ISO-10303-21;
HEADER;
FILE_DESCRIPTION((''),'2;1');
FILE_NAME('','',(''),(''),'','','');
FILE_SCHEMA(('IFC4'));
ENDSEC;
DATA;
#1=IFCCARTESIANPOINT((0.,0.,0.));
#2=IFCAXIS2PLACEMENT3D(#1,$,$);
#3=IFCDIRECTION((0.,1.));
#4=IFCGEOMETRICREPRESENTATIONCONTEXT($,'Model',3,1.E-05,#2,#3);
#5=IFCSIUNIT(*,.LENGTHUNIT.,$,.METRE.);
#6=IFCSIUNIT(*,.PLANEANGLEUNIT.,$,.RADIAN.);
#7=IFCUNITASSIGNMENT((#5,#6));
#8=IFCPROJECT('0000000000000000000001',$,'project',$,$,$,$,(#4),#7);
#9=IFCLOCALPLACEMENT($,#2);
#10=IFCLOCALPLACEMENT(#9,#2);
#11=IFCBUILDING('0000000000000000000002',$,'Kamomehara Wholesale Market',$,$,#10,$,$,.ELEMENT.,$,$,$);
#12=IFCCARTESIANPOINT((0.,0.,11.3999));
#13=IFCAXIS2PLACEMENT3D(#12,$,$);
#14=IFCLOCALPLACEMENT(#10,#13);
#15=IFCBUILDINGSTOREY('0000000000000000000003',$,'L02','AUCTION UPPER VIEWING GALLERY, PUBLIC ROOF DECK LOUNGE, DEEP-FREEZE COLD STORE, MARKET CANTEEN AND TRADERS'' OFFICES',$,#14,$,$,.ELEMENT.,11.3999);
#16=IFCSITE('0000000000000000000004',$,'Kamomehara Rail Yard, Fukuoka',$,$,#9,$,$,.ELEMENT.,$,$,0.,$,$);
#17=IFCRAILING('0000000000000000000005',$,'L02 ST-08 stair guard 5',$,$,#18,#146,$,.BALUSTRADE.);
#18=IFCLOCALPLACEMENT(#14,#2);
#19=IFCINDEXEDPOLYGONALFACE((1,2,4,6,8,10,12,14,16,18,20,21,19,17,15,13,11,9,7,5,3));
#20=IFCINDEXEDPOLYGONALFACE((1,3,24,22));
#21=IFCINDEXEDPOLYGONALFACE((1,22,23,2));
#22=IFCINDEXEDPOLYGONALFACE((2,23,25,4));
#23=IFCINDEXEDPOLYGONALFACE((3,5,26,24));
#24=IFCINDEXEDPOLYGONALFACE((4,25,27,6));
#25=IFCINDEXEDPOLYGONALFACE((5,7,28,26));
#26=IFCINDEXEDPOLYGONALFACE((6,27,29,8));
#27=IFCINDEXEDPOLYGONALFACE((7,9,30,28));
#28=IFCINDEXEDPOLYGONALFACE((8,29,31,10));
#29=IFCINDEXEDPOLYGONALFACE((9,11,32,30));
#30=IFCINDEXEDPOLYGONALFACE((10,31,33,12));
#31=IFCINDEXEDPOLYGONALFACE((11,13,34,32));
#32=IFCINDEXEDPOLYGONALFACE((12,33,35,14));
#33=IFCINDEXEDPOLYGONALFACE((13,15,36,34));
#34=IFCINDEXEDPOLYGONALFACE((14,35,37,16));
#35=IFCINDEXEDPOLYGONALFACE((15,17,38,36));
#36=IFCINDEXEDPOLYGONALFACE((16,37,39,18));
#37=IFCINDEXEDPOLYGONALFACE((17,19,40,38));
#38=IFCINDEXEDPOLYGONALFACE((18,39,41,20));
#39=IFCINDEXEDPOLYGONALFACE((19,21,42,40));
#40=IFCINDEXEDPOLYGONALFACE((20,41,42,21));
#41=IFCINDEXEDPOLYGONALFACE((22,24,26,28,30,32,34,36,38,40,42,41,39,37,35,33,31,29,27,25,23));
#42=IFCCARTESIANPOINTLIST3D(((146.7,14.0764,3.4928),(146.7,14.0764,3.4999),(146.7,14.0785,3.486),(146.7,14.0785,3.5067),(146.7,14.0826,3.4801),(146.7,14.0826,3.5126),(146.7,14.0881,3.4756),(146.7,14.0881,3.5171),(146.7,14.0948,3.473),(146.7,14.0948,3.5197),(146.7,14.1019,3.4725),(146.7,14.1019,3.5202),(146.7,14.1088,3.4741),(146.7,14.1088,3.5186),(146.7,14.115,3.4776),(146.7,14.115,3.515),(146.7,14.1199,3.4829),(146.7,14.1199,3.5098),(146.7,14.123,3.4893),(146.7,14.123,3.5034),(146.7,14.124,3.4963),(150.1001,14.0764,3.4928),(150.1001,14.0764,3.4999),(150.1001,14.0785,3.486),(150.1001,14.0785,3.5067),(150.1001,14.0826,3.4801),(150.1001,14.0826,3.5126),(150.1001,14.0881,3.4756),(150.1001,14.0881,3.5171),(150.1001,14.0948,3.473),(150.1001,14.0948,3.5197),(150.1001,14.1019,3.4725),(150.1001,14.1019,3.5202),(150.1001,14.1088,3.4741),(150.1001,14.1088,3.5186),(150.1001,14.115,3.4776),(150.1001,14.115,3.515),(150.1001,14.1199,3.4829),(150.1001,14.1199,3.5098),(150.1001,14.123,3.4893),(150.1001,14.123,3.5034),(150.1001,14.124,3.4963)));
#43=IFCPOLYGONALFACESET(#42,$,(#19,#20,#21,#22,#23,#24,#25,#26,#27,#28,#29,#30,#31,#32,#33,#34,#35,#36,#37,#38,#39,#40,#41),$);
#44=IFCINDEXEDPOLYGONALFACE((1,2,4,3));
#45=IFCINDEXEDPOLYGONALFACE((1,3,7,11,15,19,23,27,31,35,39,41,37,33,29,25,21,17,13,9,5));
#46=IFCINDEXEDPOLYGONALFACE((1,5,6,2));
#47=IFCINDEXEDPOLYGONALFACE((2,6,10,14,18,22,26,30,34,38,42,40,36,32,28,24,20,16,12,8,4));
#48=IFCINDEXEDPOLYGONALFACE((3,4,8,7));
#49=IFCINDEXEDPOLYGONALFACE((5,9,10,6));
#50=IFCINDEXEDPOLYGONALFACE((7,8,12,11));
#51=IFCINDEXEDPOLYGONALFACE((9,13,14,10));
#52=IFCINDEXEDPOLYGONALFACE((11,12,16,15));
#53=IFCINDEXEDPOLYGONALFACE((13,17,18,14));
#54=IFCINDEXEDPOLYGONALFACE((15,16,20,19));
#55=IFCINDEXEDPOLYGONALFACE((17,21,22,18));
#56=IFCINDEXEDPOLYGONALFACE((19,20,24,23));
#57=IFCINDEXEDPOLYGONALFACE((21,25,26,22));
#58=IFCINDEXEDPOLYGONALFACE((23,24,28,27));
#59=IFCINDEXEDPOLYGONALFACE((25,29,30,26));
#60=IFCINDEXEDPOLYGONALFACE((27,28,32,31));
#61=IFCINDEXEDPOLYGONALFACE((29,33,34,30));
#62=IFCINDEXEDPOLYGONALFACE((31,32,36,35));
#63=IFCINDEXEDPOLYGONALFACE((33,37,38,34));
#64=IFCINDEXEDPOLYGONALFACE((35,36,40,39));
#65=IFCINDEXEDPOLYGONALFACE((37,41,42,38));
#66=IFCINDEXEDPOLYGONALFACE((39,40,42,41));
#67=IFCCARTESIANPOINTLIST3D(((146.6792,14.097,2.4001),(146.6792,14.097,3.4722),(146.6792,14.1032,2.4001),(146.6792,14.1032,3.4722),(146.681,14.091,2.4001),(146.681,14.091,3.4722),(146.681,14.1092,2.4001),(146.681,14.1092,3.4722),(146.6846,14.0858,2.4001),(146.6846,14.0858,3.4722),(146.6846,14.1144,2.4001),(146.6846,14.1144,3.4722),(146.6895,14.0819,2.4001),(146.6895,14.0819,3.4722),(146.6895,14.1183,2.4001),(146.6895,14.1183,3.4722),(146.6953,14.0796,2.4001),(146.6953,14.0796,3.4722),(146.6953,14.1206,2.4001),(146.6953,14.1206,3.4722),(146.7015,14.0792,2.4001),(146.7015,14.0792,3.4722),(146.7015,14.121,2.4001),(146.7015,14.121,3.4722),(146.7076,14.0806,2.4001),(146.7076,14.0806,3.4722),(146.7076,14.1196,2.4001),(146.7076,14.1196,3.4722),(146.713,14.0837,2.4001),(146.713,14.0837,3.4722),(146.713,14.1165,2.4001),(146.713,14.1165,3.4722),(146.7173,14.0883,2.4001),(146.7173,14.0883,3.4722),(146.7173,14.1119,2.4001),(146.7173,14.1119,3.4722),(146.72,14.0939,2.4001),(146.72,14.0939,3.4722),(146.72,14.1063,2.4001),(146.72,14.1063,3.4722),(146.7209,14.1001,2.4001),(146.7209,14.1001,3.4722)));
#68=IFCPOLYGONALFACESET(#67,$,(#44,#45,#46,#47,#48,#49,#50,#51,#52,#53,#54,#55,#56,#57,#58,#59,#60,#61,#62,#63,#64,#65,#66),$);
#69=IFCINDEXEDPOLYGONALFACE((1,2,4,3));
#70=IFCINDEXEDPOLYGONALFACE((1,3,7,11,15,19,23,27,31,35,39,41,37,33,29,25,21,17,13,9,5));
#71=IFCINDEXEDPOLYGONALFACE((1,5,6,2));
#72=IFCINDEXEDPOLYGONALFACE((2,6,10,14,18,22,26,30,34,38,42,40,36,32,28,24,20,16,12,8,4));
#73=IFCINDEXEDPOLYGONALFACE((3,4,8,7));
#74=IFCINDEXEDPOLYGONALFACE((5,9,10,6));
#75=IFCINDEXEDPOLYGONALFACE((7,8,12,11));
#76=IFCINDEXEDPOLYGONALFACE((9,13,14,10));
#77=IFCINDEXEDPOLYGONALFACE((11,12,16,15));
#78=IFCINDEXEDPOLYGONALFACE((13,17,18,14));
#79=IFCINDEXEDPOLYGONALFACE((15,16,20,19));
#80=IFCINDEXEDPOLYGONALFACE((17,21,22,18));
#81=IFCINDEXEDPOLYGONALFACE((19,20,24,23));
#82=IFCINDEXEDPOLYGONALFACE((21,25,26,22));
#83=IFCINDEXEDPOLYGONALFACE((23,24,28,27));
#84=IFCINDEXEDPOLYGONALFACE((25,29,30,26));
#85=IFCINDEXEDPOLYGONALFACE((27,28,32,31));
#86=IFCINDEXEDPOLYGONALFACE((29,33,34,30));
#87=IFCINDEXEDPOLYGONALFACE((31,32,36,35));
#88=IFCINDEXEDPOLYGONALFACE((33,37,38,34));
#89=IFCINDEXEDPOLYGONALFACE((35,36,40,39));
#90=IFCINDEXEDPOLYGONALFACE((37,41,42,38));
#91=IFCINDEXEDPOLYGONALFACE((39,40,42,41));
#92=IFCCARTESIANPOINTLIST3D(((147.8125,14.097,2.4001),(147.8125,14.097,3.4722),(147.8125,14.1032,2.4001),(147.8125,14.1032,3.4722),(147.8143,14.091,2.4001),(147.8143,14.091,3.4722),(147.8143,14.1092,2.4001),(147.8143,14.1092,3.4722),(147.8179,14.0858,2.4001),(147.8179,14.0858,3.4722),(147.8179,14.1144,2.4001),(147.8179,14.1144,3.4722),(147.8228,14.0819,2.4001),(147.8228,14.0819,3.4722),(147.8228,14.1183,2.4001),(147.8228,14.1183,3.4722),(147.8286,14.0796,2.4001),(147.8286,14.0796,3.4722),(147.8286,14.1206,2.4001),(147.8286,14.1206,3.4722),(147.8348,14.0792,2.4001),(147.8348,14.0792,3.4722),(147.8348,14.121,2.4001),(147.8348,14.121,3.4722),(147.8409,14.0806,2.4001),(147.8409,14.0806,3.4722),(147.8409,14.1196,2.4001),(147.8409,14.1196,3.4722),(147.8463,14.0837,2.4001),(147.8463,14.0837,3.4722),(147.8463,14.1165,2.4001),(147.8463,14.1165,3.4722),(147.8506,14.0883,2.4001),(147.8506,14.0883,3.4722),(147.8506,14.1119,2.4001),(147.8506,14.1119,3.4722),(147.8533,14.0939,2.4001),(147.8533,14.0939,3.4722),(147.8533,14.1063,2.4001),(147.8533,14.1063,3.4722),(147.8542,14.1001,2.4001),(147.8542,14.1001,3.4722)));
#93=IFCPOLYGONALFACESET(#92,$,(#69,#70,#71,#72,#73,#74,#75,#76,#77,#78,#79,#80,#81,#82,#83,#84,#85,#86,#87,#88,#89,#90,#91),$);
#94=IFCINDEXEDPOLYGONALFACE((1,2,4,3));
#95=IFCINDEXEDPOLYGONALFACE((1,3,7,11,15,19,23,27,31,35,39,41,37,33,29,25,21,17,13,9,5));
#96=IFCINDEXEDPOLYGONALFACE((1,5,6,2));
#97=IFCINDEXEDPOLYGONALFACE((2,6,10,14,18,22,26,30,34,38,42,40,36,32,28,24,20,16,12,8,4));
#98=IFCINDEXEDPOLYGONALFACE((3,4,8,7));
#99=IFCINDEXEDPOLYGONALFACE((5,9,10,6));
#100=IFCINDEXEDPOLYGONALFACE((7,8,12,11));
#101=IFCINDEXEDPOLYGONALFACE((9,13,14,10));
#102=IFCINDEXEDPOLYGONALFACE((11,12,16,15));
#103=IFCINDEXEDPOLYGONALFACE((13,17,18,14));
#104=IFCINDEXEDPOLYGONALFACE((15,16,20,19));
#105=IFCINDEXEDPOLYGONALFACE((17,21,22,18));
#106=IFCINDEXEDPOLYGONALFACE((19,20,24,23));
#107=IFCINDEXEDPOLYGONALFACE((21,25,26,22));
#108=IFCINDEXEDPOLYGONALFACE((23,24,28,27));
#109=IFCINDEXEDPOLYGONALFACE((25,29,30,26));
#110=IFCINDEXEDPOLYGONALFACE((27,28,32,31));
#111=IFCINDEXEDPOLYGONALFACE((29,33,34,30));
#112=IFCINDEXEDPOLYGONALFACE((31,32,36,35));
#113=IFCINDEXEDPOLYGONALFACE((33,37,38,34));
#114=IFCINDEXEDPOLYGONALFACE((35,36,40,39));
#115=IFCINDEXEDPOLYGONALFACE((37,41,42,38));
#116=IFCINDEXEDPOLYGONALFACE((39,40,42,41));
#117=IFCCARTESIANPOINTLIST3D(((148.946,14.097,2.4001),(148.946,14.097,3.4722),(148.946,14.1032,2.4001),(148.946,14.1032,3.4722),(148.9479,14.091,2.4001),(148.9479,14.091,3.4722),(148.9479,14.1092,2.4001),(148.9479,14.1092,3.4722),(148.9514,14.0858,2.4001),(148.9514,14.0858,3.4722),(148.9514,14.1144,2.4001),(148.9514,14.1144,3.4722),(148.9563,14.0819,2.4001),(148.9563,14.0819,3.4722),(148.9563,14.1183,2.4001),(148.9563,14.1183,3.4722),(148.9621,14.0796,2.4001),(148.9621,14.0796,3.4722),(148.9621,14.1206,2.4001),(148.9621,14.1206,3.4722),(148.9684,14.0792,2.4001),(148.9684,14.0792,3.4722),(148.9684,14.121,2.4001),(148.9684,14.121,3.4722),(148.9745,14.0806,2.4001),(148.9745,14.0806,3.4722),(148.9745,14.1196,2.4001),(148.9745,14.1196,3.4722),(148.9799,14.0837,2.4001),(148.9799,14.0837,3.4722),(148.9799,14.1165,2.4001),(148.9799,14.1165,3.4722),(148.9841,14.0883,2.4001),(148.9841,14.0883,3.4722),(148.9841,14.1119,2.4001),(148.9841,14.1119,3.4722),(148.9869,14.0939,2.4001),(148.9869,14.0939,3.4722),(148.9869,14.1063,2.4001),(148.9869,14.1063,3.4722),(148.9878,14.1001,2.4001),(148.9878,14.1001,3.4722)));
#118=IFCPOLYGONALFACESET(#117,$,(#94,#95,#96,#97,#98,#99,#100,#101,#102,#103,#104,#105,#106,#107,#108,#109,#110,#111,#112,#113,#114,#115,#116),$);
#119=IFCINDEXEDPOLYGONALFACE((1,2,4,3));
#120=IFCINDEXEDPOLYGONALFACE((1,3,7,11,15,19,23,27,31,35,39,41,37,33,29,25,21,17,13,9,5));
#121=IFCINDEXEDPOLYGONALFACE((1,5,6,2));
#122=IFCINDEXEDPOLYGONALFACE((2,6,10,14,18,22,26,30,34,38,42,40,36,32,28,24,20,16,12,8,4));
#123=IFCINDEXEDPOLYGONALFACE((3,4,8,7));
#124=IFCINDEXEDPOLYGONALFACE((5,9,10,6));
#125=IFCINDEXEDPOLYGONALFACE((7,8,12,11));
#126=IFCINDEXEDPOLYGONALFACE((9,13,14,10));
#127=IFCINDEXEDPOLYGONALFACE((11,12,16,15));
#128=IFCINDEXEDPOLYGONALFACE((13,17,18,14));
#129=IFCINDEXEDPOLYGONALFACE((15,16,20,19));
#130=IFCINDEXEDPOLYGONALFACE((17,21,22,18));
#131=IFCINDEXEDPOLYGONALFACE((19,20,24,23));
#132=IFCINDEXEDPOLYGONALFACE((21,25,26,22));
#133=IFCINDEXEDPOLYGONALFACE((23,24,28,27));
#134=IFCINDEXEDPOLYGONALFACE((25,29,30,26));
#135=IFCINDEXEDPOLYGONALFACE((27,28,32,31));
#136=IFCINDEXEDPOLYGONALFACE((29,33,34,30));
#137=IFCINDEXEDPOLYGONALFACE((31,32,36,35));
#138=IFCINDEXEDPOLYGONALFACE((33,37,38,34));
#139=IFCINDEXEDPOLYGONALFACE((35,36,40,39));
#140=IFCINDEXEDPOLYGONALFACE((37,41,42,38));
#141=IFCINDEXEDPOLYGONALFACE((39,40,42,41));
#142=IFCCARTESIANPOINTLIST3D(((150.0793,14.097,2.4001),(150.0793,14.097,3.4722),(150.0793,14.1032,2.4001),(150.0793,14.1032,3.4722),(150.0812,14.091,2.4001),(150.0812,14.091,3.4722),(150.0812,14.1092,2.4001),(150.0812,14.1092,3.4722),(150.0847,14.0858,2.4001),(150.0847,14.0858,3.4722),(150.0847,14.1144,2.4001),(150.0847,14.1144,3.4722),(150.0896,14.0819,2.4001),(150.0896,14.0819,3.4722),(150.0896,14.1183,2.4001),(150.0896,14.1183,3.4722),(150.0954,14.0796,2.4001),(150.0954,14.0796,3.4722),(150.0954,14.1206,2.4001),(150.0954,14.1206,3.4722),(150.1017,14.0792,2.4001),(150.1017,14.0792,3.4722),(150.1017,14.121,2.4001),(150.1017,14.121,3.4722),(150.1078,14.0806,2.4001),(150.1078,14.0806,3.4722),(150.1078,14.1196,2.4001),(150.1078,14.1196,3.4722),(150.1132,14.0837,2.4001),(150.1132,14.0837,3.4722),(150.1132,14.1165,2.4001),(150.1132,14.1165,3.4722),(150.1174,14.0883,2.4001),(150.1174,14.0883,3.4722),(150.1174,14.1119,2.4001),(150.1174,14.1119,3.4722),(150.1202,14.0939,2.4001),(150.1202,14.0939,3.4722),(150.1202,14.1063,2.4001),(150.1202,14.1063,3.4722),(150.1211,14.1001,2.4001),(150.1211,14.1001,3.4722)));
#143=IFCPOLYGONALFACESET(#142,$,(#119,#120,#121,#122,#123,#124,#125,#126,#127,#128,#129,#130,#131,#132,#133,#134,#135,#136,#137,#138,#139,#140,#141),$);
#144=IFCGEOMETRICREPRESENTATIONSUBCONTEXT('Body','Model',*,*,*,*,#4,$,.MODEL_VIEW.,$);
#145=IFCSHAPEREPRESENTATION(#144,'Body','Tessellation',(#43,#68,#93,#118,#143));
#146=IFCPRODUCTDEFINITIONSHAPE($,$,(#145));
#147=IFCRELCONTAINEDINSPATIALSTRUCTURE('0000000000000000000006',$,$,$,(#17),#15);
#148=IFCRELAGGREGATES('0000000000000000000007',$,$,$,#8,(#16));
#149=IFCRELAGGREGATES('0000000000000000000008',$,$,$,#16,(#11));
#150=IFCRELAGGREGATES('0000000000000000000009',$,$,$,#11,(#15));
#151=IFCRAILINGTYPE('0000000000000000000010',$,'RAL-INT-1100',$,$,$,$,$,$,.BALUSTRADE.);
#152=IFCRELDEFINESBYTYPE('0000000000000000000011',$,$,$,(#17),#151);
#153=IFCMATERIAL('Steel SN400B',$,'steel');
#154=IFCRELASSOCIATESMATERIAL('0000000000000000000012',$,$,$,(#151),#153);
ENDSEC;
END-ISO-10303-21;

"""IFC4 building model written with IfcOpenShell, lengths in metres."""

from ifc_helpers import new_model, si_unit, direction, frame, origin, origin_2d, place, context, subcontext, project, spatial, circle, extrude, material, type_object, element, save


model = new_model("IFC4")

# Units and contexts
model_context = context("Model", 3, precision=1e-05, world=origin(), true_north=direction((0.0, 1.0)))
body_context = subcontext(model_context, "Body", "Model", "MODEL_VIEW")
ifc_project = project(units=[si_unit("LENGTHUNIT", "METRE"), si_unit("PLANEANGLEUNIT", "RADIAN")], contexts=[model_context])

# Site, building, storey
site_placement = place(None, origin())
site = spatial("IfcSite", under=ifc_project, at=site_placement, Name="Kamomehara Rail Yard, Fukuoka", CompositionType="ELEMENT", RefElevation=0.0)
building_placement = place(site_placement, origin())
building = spatial("IfcBuilding", under=site, at=building_placement, Name="Kamomehara Wholesale Market", CompositionType="ELEMENT")
storey_placement = place(building_placement, frame((0.0, 0.0, 11.3999)))
storey = spatial("IfcBuildingStorey", under=building, at=storey_placement, Name="L02", Description="AUCTION UPPER VIEWING GALLERY, PUBLIC ROOF DECK LOUNGE, DEEP-FREEZE COLD STORE, MARKET CANTEEN AND TRADERS' OFFICES", CompositionType="ELEMENT", Elevation=11.3999)

# Railing
ifc_material_1 = material(Name="Steel SN400B", Category="steel")
railing_type_1 = type_object("IfcRailingType", Name="RAL-INT-1100", PredefinedType="BALUSTRADE", material=ifc_material_1)
railing_1_placement = place(storey_placement, frame((146.7, 14.1001, 2.4001)))
element("IfcRailing", 1, at=railing_1_placement, inside=storey, type_object=railing_type_1, Name="L02 ST-08 stair guard 5", PredefinedType="BALUSTRADE", context=body_context, shape_type="SweptSolid", body=[
    extrude(circle(Radius=0.0239, at=origin_2d()), frame((0.0, 0.0, 1.0962), z_axis=(1.0, 0.0, 0.0), x_axis=(0.0, 1.0, 0.0)), (0.0, 0.0, 1.0), 3.4001),
    extrude(circle(Radius=0.021, at=origin_2d()), origin(), (0.0, 0.0, 1.0), 1.072),
    extrude(circle(Radius=0.021, at=origin_2d()), frame((1.1333, 0.0, 0.0)), (0.0, 0.0, 1.0), 1.072),
    extrude(circle(Radius=0.021, at=origin_2d()), frame((2.2668, 0.0, 0.0)), (0.0, 0.0, 1.0), 1.072),
    extrude(circle(Radius=0.021, at=origin_2d()), frame((3.4001, 0.0, 0.0)), (0.0, 0.0, 1.0), 1.072),
])

save(model, "model.ifc")
